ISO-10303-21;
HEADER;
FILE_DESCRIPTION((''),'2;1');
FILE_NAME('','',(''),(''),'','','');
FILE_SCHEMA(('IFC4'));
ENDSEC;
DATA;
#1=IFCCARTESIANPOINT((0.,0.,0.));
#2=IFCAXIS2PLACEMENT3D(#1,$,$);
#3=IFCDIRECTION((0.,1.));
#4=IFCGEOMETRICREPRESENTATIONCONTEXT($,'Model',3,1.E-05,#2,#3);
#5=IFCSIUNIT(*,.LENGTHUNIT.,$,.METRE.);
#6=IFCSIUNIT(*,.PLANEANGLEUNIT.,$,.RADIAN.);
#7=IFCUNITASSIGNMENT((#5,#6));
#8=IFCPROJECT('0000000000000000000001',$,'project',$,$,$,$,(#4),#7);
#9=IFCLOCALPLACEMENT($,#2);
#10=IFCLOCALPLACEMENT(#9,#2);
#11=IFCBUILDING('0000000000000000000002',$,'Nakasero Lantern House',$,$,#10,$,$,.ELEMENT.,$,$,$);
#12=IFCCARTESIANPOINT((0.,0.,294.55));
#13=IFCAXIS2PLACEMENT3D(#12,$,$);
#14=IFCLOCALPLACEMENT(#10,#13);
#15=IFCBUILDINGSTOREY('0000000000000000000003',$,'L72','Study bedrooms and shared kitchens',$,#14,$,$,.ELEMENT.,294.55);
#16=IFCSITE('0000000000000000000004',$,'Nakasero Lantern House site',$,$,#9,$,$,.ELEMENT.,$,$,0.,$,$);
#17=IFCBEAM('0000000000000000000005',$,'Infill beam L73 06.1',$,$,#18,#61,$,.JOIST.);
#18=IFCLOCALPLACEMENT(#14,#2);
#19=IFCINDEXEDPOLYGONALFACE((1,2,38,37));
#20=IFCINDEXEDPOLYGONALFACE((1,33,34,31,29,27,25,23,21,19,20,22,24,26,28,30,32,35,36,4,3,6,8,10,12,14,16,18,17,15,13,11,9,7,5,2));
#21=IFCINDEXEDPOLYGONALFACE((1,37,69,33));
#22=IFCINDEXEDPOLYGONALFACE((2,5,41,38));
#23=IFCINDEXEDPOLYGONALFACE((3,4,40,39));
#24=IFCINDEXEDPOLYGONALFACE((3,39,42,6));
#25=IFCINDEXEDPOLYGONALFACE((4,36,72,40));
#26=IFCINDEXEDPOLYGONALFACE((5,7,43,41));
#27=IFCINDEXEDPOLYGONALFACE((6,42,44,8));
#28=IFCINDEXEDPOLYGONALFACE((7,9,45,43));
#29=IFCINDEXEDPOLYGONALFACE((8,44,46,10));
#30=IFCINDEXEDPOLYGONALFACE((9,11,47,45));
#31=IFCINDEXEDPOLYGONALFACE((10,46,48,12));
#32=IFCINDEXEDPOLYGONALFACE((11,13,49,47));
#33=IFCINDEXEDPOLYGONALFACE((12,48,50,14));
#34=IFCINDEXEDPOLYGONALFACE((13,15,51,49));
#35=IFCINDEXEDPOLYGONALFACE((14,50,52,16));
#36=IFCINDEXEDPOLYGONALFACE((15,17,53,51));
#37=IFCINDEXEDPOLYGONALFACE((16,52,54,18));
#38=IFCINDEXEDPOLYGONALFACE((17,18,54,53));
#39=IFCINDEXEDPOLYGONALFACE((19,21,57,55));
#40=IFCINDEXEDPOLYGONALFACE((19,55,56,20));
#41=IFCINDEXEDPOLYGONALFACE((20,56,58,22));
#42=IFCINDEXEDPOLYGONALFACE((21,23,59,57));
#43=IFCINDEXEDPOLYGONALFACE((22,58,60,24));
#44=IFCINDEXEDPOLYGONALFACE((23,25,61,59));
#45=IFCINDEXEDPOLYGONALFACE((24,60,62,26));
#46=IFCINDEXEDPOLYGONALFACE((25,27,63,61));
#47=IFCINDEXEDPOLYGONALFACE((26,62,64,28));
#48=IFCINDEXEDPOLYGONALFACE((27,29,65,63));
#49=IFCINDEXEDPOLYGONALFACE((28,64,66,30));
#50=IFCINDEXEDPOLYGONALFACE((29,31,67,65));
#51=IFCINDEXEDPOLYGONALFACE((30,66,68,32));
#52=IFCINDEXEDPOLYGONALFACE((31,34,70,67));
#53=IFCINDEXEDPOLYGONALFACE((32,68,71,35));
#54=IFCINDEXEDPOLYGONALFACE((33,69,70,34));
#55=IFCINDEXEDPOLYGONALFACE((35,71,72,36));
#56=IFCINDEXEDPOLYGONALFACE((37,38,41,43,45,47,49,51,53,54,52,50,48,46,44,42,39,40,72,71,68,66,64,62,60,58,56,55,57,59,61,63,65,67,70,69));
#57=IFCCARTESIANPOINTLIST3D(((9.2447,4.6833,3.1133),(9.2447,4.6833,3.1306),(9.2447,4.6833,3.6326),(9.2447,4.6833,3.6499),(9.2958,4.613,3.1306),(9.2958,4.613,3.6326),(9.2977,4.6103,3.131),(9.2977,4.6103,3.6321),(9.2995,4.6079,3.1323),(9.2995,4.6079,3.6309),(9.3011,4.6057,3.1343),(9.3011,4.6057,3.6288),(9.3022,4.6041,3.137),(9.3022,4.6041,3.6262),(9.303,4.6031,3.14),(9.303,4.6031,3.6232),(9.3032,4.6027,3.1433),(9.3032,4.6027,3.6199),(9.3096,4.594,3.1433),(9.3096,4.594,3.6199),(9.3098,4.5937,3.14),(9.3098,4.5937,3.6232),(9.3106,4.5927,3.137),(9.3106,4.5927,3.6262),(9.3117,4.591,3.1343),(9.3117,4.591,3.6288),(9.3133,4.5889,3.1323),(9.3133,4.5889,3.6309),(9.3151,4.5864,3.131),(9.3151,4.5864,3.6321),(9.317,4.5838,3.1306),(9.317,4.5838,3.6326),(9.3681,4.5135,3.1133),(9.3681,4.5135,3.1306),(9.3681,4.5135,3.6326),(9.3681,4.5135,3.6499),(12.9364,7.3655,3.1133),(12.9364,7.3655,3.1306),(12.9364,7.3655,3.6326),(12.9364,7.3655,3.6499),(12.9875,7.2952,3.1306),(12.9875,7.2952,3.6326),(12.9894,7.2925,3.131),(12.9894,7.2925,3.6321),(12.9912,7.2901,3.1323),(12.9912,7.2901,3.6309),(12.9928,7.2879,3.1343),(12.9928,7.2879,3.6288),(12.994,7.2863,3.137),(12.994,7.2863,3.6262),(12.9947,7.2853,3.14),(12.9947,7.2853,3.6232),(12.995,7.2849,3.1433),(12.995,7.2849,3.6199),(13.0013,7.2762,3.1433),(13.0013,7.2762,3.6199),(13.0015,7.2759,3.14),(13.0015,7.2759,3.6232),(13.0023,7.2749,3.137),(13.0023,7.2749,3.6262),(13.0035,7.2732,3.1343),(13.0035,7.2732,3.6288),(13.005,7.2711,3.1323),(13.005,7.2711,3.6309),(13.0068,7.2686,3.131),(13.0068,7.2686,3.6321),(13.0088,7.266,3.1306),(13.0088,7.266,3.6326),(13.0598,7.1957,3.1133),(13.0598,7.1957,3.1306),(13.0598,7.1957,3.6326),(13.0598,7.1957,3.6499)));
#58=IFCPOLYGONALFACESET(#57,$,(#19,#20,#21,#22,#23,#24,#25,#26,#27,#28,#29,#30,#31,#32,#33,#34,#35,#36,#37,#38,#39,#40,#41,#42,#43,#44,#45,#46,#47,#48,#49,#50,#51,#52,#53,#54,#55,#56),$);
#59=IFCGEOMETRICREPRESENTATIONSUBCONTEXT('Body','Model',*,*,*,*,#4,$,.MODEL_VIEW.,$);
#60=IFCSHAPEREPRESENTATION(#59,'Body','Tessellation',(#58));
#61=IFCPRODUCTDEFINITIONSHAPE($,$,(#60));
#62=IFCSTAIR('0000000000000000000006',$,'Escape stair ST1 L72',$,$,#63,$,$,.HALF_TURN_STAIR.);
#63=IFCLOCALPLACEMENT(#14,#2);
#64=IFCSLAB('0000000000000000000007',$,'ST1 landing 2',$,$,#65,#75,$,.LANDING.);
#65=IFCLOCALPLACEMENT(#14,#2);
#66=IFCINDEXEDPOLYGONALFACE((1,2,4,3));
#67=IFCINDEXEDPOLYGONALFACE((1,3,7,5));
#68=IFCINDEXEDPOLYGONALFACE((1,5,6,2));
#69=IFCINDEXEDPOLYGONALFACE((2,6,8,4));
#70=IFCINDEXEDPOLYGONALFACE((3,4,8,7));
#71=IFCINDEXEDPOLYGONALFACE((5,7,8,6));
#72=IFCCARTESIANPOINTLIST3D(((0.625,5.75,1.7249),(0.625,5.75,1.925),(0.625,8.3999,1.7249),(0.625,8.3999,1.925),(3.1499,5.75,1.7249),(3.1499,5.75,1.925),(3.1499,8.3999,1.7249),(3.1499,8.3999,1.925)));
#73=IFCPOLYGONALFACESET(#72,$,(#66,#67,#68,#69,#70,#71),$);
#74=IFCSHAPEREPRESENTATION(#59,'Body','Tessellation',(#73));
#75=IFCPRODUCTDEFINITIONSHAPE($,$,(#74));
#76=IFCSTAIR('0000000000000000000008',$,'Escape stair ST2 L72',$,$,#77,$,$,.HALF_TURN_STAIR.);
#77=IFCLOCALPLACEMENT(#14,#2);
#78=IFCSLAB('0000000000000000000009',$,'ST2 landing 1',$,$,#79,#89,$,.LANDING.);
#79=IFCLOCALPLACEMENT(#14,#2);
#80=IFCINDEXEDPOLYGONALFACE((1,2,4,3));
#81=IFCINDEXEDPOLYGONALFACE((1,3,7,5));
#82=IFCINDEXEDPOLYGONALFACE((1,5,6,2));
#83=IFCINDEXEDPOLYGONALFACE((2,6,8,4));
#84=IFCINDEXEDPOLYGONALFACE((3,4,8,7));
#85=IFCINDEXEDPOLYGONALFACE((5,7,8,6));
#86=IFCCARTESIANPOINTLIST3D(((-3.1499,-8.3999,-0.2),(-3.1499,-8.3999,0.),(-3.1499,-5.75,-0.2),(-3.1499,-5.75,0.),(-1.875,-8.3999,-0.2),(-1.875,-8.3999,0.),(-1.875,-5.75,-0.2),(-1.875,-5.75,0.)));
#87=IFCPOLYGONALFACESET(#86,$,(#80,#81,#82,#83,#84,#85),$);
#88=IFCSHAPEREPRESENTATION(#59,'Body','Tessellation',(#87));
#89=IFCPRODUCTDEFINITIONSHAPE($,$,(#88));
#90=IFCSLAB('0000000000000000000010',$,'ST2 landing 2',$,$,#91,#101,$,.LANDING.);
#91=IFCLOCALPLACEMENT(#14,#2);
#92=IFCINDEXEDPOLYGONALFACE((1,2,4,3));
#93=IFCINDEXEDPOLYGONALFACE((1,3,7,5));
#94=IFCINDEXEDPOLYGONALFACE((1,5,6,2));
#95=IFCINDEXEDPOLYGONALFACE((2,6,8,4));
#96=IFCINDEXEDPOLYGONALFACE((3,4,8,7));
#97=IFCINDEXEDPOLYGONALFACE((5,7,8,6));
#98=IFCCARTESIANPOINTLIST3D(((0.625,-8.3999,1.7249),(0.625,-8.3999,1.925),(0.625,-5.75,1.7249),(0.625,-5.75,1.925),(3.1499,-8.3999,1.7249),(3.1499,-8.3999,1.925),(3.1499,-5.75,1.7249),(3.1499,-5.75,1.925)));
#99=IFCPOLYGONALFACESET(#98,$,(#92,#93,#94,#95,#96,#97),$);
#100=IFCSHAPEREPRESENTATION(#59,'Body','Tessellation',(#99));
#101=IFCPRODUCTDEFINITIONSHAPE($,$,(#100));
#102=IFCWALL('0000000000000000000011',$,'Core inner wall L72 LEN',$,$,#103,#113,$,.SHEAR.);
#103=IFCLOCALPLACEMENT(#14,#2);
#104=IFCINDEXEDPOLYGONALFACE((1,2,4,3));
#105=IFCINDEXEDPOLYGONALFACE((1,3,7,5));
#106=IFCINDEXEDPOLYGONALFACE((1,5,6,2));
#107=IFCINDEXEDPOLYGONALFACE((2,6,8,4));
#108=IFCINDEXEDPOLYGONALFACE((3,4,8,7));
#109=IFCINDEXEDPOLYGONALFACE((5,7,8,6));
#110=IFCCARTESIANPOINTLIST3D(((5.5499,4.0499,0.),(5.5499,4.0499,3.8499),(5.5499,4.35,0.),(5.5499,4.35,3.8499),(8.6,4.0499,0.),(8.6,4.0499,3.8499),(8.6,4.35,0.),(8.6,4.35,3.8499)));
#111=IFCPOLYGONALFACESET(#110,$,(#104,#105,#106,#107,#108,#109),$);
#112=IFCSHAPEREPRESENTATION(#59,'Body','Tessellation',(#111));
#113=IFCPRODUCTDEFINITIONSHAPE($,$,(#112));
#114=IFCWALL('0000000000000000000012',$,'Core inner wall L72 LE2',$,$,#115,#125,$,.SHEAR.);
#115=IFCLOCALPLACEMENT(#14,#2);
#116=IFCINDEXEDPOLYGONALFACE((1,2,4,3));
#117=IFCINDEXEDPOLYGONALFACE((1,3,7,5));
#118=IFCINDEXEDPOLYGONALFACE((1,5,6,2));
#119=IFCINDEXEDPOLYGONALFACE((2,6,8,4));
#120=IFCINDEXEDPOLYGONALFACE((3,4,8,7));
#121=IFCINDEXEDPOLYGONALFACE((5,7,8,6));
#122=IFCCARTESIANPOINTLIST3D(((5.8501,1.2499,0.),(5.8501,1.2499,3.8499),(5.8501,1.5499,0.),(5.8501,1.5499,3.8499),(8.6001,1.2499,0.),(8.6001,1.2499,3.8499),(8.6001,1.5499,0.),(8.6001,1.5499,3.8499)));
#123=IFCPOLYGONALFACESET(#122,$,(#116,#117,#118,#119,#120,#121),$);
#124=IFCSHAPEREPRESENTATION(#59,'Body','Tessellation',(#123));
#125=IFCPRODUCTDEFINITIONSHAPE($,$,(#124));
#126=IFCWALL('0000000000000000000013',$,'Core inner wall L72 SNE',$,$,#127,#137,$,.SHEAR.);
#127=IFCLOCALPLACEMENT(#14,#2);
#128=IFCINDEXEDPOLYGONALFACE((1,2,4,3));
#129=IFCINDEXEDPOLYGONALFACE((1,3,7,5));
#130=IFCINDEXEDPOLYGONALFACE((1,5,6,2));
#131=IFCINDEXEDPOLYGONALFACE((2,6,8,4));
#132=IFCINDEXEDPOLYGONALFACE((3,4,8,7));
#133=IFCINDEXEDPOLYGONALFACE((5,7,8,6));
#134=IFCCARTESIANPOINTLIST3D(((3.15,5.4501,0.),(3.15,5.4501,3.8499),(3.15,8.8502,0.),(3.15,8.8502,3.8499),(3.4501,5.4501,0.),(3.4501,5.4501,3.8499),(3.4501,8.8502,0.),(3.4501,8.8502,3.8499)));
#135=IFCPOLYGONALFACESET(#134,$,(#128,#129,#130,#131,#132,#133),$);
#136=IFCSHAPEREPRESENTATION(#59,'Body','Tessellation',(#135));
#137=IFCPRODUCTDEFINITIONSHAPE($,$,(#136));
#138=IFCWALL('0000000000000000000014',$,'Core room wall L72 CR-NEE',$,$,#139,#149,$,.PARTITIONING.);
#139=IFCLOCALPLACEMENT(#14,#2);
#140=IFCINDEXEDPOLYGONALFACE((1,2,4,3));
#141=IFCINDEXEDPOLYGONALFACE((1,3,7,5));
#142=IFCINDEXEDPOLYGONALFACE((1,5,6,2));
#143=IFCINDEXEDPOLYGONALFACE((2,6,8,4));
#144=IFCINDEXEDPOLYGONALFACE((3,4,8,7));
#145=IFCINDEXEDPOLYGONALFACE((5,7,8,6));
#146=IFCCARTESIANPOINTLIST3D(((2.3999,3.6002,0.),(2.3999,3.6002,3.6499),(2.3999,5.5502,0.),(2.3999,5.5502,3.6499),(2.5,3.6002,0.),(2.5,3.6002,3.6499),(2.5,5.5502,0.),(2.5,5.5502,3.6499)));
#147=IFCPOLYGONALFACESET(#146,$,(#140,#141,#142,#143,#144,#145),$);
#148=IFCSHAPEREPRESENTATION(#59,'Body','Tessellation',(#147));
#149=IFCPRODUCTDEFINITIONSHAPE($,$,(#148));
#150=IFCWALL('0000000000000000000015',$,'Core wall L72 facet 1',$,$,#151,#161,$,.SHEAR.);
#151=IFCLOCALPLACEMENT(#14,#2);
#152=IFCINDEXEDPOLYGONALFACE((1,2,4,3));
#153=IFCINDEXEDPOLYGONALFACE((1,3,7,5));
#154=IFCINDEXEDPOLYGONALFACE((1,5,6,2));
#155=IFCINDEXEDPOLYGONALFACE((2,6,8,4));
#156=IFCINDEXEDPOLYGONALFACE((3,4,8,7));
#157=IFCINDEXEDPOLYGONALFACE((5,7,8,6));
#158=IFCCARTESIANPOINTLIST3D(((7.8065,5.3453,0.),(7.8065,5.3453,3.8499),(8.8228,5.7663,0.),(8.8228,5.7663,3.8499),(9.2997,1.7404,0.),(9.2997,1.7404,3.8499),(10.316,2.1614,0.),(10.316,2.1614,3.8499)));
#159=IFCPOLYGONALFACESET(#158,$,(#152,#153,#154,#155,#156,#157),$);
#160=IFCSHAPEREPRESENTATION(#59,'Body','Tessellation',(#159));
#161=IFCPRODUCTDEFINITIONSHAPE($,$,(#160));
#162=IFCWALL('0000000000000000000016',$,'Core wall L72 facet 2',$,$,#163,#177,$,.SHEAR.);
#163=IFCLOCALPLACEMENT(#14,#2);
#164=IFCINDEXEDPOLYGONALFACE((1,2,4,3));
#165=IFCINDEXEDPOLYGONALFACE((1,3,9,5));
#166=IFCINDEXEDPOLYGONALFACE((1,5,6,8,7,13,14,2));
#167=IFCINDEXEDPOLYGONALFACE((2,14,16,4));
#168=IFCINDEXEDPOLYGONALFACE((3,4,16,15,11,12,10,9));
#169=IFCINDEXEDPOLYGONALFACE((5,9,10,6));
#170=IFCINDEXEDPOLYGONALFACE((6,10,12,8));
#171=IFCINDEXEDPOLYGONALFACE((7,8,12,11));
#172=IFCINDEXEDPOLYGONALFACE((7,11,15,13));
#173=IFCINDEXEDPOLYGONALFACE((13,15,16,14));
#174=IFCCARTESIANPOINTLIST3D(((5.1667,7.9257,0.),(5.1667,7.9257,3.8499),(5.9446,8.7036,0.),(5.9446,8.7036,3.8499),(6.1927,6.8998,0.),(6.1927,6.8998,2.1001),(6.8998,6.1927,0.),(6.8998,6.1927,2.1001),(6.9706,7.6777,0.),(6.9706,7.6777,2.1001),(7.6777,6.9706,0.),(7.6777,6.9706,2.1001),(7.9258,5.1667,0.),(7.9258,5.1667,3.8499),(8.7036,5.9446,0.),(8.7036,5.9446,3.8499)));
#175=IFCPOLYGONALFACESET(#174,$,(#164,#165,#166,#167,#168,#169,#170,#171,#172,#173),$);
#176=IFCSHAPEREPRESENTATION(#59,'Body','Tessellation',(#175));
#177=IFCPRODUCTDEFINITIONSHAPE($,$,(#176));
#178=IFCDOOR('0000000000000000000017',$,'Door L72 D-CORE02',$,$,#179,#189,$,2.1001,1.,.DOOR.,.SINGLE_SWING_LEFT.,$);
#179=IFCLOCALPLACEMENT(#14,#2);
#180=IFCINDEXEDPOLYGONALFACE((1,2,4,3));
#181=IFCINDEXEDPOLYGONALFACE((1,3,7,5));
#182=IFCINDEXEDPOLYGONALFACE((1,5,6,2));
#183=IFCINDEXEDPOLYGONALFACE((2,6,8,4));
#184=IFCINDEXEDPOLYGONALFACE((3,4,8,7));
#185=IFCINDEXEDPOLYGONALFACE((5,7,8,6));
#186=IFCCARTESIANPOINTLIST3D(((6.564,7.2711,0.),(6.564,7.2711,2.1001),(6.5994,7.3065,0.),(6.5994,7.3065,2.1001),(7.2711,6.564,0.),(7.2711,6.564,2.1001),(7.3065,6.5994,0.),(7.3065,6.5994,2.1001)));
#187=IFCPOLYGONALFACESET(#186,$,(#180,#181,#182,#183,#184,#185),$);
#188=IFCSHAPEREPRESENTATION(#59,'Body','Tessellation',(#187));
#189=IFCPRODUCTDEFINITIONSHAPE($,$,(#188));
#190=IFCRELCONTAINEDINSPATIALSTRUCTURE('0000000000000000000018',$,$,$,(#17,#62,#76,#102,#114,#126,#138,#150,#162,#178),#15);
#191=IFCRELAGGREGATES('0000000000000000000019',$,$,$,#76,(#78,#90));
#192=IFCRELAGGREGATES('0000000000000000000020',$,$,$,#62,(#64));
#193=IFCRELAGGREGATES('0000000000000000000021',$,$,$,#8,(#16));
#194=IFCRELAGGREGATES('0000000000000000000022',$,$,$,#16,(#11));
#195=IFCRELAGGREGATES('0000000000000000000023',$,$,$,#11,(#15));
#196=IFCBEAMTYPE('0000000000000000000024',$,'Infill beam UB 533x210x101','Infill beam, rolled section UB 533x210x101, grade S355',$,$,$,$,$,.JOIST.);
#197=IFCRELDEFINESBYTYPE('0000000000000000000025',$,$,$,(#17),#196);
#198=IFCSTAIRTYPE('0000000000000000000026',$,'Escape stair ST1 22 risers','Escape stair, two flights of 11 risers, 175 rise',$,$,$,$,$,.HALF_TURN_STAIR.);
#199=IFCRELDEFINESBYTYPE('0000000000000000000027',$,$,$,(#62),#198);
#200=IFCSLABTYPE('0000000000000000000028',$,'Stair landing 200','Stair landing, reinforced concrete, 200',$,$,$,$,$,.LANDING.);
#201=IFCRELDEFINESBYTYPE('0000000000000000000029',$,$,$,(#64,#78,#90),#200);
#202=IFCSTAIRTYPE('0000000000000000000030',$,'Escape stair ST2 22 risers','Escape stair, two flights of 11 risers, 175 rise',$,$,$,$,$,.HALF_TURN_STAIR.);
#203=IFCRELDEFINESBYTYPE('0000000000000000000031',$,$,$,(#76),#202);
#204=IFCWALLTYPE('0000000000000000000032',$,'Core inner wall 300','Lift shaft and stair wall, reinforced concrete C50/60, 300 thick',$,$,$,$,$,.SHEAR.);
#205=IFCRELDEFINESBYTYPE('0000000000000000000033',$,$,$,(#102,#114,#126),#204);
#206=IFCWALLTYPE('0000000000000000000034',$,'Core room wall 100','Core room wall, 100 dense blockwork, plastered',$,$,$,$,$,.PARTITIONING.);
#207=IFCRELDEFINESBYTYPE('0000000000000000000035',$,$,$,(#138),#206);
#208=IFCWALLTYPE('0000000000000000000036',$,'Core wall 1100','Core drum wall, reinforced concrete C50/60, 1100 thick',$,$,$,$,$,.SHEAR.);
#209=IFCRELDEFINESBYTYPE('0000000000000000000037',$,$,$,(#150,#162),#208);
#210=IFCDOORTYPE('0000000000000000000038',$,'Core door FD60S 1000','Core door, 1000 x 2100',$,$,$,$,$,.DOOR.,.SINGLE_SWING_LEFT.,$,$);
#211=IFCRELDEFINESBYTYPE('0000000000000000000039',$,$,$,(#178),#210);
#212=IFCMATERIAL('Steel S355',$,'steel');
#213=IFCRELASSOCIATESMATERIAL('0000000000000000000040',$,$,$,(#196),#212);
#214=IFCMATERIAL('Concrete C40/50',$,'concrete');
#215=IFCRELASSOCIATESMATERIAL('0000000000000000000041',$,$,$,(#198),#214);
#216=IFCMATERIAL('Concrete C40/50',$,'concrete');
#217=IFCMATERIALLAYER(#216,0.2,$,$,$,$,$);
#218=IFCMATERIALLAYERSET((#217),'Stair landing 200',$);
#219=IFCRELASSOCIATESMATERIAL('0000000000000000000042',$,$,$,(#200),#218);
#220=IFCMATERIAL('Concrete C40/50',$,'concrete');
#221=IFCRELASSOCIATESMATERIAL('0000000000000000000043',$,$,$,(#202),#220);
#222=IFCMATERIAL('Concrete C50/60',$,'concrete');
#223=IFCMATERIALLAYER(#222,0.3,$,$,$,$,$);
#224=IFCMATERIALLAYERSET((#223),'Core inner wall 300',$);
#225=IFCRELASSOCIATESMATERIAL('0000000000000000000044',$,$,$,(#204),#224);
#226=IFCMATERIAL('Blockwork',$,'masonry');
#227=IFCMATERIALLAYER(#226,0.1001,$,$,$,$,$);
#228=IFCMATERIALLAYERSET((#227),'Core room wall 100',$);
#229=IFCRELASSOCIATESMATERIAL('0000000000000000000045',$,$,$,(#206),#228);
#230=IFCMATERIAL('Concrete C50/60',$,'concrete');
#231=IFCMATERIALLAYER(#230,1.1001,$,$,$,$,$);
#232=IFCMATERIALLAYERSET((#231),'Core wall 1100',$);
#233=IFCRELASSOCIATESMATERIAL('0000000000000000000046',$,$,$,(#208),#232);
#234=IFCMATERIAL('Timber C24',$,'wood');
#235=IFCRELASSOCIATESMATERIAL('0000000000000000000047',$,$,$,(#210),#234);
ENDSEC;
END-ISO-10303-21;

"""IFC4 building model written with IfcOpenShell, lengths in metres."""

from ifc_helpers import new_model, si_unit, direction, frame, frame_2d, origin, origin_2d, place, context, subcontext, project, spatial, polyline, rectangle, i_section, outline, extrude, material, layer, layer_set, material_profile, profile_set, type_object, element, fill, aggregate, save


model = new_model("IFC4")

# Units and contexts
model_context = context("Model", 3, precision=1e-05, world=origin(), true_north=direction((0.0, 1.0)))
body_context = subcontext(model_context, "Body", "Model", "MODEL_VIEW")
ifc_project = project(units=[si_unit("LENGTHUNIT", "METRE"), si_unit("PLANEANGLEUNIT", "RADIAN")], contexts=[model_context])

# Site, building, storey
site_placement = place(None, origin())
site = spatial("IfcSite", under=ifc_project, at=site_placement, Name="Nakasero Lantern House site", CompositionType="ELEMENT", RefElevation=0.0)
building_placement = place(site_placement, origin())
building = spatial("IfcBuilding", under=site, at=building_placement, Name="Nakasero Lantern House", CompositionType="ELEMENT")
storey_placement = place(building_placement, frame((0.0, 0.0, 294.55)))
storey = spatial("IfcBuildingStorey", under=building, at=storey_placement, Name="L72", Description="Study bedrooms and shared kitchens", CompositionType="ELEMENT", Elevation=294.55)

# Beam
ifc_material_1 = material(Name="Steel S355", Category="steel")
ifc_material_profile = material_profile(ifc_material_1, i_section(OverallWidth=0.21, OverallDepth=0.5366, WebThickness=0.0107, FlangeThickness=0.0173, FilletRadius=0.0127, at=origin_2d()), Name="UB 533x210x101")
ifc_profile_set = profile_set([ifc_material_profile], Name="Steel S355")
beam_type = type_object("IfcBeamType", Name="Infill beam UB 533x210x101", Description="Infill beam, rolled section UB 533x210x101, grade S355", PredefinedType="JOIST", material=ifc_profile_set)
beam_placement = place(storey_placement, frame((9.3064, 4.5984, 3.3816), z_axis=(0.809018, 0.587784, 0.0), x_axis=(-0.587784, 0.809018, 0.0)))
element("IfcBeam", 1, at=beam_placement, inside=storey, type_object=beam_type, Name="Infill beam L73 06.1", PredefinedType="JOIST", context=body_context, shape_type="SweptSolid", body=[
    extrude(i_section(OverallWidth=0.21, OverallDepth=0.5366, WebThickness=0.0107, FlangeThickness=0.0173, FilletRadius=0.0127, at=origin_2d()), origin(), (0.0, 0.0, 1.0), 4.5632),
])

# Stair, slab
ifc_material_2 = material(Name="Concrete C40/50", Category="concrete")
stair_type_1 = type_object("IfcStairType", Name="Escape stair ST1 22 risers", Description="Escape stair, two flights of 11 risers, 175 rise", PredefinedType="HALF_TURN_STAIR", material=ifc_material_2)
stair_1_placement = place(storey_placement, origin())
stair_1 = element("IfcStair", 2, at=stair_1_placement, inside=storey, type_object=stair_type_1, Name="Escape stair ST1 L72", PredefinedType="HALF_TURN_STAIR")
ifc_material_3 = material(Name="Concrete C40/50", Category="concrete")
ifc_layer_1 = layer(ifc_material_3, 0.2)
ifc_layer_set_1 = layer_set([ifc_layer_1], Name="Stair landing 200")
slab_type = type_object("IfcSlabType", Name="Stair landing 200", Description="Stair landing, reinforced concrete, 200", PredefinedType="LANDING", material=ifc_layer_set_1)
slab_1_placement = place(storey_placement, frame((0.0, 0.0, 1.7249)))
slab_1 = element("IfcSlab", 3, at=slab_1_placement, type_object=slab_type, Name="ST1 landing 2", PredefinedType="LANDING", context=body_context, shape_type="SweptSolid", body=[
    extrude(outline(polyline([(0.625, 5.75), (3.1499, 5.75), (3.1499, 8.3999), (0.625, 8.3999), (0.625, 5.75)])), origin(), (0.0, 0.0, 1.0), 0.2002),
])

# Stair, slabs
ifc_material_4 = material(Name="Concrete C40/50", Category="concrete")
stair_type_2 = type_object("IfcStairType", Name="Escape stair ST2 22 risers", Description="Escape stair, two flights of 11 risers, 175 rise", PredefinedType="HALF_TURN_STAIR", material=ifc_material_4)
stair_2_placement = place(storey_placement, origin())
stair_2 = element("IfcStair", 4, at=stair_2_placement, inside=storey, type_object=stair_type_2, Name="Escape stair ST2 L72", PredefinedType="HALF_TURN_STAIR")
slab_2_placement = place(storey_placement, frame((0.0, 0.0, -0.2)))
slab_2 = element("IfcSlab", 5, at=slab_2_placement, type_object=slab_type, Name="ST2 landing 1", PredefinedType="LANDING", context=body_context, shape_type="SweptSolid", body=[
    extrude(outline(polyline([(-3.1499, -8.3999), (-1.875, -8.3999), (-1.875, -5.75), (-3.1499, -5.75), (-3.1499, -8.3999)])), origin(), (0.0, 0.0, 1.0), 0.2),
])
slab_3_placement = place(storey_placement, frame((0.0, 0.0, 1.7249)))
slab_3 = element("IfcSlab", 6, at=slab_3_placement, type_object=slab_type, Name="ST2 landing 2", PredefinedType="LANDING", context=body_context, shape_type="SweptSolid", body=[
    extrude(outline(polyline([(0.625, -8.3999), (3.1499, -8.3999), (3.1499, -5.75), (0.625, -5.75), (0.625, -8.3999)])), origin(), (0.0, 0.0, 1.0), 0.2002),
])
aggregate(stair_2, [slab_2, slab_3])

# Walls
ifc_material_5 = material(Name="Concrete C50/60", Category="concrete")
ifc_layer_2 = layer(ifc_material_5, 0.3)
ifc_layer_set_2 = layer_set([ifc_layer_2], Name="Core inner wall 300")
wall_type_1 = type_object("IfcWallType", Name="Core inner wall 300", Description="Lift shaft and stair wall, reinforced concrete C50/60, 300 thick", PredefinedType="SHEAR", material=ifc_layer_set_2)
wall_1_placement = place(storey_placement, frame((5.55, 4.2, 0.0), z_axis=(0.0, 0.0, 1.0), x_axis=(1.0, 0.0, 0.0)))
element("IfcWall", 7, at=wall_1_placement, inside=storey, type_object=wall_type_1, Name="Core inner wall L72 LEN", PredefinedType="SHEAR", context=body_context, shape_type="SweptSolid", body=[
    extrude(rectangle(XDim=3.05, YDim=0.3, at=frame_2d((1.5249, 0.0))), origin(), (0.0, 0.0, 1.0), 3.8499),
])
wall_2_placement = place(storey_placement, frame((5.8501, 1.3999, 0.0), z_axis=(0.0, 0.0, 1.0), x_axis=(1.0, 0.0, 0.0)))
element("IfcWall", 8, at=wall_2_placement, inside=storey, type_object=wall_type_1, Name="Core inner wall L72 LE2", PredefinedType="SHEAR", context=body_context, shape_type="SweptSolid", body=[
    extrude(rectangle(XDim=2.75, YDim=0.3, at=frame_2d((1.375, 0.0))), origin(), (0.0, 0.0, 1.0), 3.8499),
])
wall_3_placement = place(storey_placement, frame((3.3, 5.45, 0.0), z_axis=(0.0, 0.0, 1.0), x_axis=(0.0, 1.0, 0.0)))
element("IfcWall", 9, at=wall_3_placement, inside=storey, type_object=wall_type_1, Name="Core inner wall L72 SNE", PredefinedType="SHEAR", context=body_context, shape_type="SweptSolid", body=[
    extrude(rectangle(XDim=3.4001, YDim=0.3, at=frame_2d((1.7002, 0.0))), origin(), (0.0, 0.0, 1.0), 3.8499),
])
ifc_material_6 = material(Name="Blockwork", Category="masonry")
ifc_layer_3 = layer(ifc_material_6, 0.1001)
ifc_layer_set_3 = layer_set([ifc_layer_3], Name="Core room wall 100")
wall_type_2 = type_object("IfcWallType", Name="Core room wall 100", Description="Core room wall, 100 dense blockwork, plastered", PredefinedType="PARTITIONING", material=ifc_layer_set_3)
wall_4_placement = place(storey_placement, frame((2.45, 3.6001, 0.0), z_axis=(0.0, 0.0, 1.0), x_axis=(0.0, 1.0, 0.0)))
element("IfcWall", 10, at=wall_4_placement, inside=storey, type_object=wall_type_2, Name="Core room wall L72 CR-NEE", PredefinedType="PARTITIONING", context=body_context, shape_type="SweptSolid", body=[
    extrude(rectangle(XDim=1.95, YDim=0.1001, at=frame_2d((0.9751, 0.0))), origin(), (0.0, 0.0, 1.0), 3.6499),
])
ifc_material_7 = material(Name="Concrete C50/60", Category="concrete")
ifc_layer_4 = layer(ifc_material_7, 1.1001)
ifc_layer_set_4 = layer_set([ifc_layer_4], Name="Core wall 1100")
wall_type_3 = type_object("IfcWallType", Name="Core wall 1100", Description="Core drum wall, reinforced concrete C50/60, 1100 thick", PredefinedType="SHEAR", material=ifc_layer_set_4)
wall_5_placement = place(storey_placement, frame((9.8079, 1.9509, 0.0), z_axis=(0.0, 0.0, 1.0), x_axis=(-0.382691, 0.923877, 0.0)))
element("IfcWall", 11, at=wall_5_placement, inside=storey, type_object=wall_type_3, Name="Core wall L72 facet 1", PredefinedType="SHEAR", context=body_context, shape_type="SweptSolid", body=[
    extrude(rectangle(XDim=3.9019, YDim=1.1001, at=frame_2d((1.9509, 0.0))), origin(), (0.0, 0.0, 1.0), 3.8499),
])

# Wall, opening, door
wall_6_placement = place(storey_placement, frame((8.3147, 5.5557, 0.0), z_axis=(0.0, 0.0, 1.0), x_axis=(-0.707107, 0.707107, 0.0)))
wall_6 = element("IfcWall", 12, at=wall_6_placement, inside=storey, type_object=wall_type_3, Name="Core wall L72 facet 2", PredefinedType="SHEAR", context=body_context, shape_type="SweptSolid", body=[
    extrude(rectangle(XDim=3.9019, YDim=1.1001, at=frame_2d((1.9509, 0.0))), origin(), (0.0, 0.0, 1.0), 3.8499),
])
opening_1_placement = place(wall_6_placement, frame((1.4509, 0.0, 0.0)))
opening_1 = element("IfcOpeningElement", 13, at=opening_1_placement, cuts=wall_6, PredefinedType="OPENING", context=body_context, shape_type="SweptSolid", body=[
    extrude(rectangle(XDim=1.0, YDim=2.1001, at=frame_2d((0.5, 1.05))), frame((0.0, 0.5701, 0.0), z_axis=(0.0, -1.0, 0.0), x_axis=(1.0, 0.0, 0.0)), (0.0, 0.0, 1.0), 1.1401),
])
ifc_material_8 = material(Name="Timber C24", Category="wood")
door_type_1 = type_object("IfcDoorType", Name="Core door FD60S 1000", Description="Core door, 1000 x 2100", OperationType="SINGLE_SWING_LEFT", PredefinedType="DOOR", material=ifc_material_8)
door_1_placement = place(opening_1_placement, origin())
door_1 = element("IfcDoor", 14, at=door_1_placement, inside=storey, type_object=door_type_1, Name="Door L72 D-CORE02", OperationType="SINGLE_SWING_LEFT", OverallHeight=2.1001, OverallWidth=1.0, PredefinedType="DOOR", context=body_context, shape_type="SweptSolid", body=[
    extrude(rectangle(XDim=1.0, YDim=2.1001, at=frame_2d((0.5, 1.05))), frame((0.0, 0.0249, 0.0), z_axis=(0.0, -1.0, 0.0), x_axis=(1.0, 0.0, 0.0)), (0.0, 0.0, 1.0), 0.05),
])
fill(opening_1, door_1)

aggregate(stair_1, [slab_1])

save(model, "model.ifc")
